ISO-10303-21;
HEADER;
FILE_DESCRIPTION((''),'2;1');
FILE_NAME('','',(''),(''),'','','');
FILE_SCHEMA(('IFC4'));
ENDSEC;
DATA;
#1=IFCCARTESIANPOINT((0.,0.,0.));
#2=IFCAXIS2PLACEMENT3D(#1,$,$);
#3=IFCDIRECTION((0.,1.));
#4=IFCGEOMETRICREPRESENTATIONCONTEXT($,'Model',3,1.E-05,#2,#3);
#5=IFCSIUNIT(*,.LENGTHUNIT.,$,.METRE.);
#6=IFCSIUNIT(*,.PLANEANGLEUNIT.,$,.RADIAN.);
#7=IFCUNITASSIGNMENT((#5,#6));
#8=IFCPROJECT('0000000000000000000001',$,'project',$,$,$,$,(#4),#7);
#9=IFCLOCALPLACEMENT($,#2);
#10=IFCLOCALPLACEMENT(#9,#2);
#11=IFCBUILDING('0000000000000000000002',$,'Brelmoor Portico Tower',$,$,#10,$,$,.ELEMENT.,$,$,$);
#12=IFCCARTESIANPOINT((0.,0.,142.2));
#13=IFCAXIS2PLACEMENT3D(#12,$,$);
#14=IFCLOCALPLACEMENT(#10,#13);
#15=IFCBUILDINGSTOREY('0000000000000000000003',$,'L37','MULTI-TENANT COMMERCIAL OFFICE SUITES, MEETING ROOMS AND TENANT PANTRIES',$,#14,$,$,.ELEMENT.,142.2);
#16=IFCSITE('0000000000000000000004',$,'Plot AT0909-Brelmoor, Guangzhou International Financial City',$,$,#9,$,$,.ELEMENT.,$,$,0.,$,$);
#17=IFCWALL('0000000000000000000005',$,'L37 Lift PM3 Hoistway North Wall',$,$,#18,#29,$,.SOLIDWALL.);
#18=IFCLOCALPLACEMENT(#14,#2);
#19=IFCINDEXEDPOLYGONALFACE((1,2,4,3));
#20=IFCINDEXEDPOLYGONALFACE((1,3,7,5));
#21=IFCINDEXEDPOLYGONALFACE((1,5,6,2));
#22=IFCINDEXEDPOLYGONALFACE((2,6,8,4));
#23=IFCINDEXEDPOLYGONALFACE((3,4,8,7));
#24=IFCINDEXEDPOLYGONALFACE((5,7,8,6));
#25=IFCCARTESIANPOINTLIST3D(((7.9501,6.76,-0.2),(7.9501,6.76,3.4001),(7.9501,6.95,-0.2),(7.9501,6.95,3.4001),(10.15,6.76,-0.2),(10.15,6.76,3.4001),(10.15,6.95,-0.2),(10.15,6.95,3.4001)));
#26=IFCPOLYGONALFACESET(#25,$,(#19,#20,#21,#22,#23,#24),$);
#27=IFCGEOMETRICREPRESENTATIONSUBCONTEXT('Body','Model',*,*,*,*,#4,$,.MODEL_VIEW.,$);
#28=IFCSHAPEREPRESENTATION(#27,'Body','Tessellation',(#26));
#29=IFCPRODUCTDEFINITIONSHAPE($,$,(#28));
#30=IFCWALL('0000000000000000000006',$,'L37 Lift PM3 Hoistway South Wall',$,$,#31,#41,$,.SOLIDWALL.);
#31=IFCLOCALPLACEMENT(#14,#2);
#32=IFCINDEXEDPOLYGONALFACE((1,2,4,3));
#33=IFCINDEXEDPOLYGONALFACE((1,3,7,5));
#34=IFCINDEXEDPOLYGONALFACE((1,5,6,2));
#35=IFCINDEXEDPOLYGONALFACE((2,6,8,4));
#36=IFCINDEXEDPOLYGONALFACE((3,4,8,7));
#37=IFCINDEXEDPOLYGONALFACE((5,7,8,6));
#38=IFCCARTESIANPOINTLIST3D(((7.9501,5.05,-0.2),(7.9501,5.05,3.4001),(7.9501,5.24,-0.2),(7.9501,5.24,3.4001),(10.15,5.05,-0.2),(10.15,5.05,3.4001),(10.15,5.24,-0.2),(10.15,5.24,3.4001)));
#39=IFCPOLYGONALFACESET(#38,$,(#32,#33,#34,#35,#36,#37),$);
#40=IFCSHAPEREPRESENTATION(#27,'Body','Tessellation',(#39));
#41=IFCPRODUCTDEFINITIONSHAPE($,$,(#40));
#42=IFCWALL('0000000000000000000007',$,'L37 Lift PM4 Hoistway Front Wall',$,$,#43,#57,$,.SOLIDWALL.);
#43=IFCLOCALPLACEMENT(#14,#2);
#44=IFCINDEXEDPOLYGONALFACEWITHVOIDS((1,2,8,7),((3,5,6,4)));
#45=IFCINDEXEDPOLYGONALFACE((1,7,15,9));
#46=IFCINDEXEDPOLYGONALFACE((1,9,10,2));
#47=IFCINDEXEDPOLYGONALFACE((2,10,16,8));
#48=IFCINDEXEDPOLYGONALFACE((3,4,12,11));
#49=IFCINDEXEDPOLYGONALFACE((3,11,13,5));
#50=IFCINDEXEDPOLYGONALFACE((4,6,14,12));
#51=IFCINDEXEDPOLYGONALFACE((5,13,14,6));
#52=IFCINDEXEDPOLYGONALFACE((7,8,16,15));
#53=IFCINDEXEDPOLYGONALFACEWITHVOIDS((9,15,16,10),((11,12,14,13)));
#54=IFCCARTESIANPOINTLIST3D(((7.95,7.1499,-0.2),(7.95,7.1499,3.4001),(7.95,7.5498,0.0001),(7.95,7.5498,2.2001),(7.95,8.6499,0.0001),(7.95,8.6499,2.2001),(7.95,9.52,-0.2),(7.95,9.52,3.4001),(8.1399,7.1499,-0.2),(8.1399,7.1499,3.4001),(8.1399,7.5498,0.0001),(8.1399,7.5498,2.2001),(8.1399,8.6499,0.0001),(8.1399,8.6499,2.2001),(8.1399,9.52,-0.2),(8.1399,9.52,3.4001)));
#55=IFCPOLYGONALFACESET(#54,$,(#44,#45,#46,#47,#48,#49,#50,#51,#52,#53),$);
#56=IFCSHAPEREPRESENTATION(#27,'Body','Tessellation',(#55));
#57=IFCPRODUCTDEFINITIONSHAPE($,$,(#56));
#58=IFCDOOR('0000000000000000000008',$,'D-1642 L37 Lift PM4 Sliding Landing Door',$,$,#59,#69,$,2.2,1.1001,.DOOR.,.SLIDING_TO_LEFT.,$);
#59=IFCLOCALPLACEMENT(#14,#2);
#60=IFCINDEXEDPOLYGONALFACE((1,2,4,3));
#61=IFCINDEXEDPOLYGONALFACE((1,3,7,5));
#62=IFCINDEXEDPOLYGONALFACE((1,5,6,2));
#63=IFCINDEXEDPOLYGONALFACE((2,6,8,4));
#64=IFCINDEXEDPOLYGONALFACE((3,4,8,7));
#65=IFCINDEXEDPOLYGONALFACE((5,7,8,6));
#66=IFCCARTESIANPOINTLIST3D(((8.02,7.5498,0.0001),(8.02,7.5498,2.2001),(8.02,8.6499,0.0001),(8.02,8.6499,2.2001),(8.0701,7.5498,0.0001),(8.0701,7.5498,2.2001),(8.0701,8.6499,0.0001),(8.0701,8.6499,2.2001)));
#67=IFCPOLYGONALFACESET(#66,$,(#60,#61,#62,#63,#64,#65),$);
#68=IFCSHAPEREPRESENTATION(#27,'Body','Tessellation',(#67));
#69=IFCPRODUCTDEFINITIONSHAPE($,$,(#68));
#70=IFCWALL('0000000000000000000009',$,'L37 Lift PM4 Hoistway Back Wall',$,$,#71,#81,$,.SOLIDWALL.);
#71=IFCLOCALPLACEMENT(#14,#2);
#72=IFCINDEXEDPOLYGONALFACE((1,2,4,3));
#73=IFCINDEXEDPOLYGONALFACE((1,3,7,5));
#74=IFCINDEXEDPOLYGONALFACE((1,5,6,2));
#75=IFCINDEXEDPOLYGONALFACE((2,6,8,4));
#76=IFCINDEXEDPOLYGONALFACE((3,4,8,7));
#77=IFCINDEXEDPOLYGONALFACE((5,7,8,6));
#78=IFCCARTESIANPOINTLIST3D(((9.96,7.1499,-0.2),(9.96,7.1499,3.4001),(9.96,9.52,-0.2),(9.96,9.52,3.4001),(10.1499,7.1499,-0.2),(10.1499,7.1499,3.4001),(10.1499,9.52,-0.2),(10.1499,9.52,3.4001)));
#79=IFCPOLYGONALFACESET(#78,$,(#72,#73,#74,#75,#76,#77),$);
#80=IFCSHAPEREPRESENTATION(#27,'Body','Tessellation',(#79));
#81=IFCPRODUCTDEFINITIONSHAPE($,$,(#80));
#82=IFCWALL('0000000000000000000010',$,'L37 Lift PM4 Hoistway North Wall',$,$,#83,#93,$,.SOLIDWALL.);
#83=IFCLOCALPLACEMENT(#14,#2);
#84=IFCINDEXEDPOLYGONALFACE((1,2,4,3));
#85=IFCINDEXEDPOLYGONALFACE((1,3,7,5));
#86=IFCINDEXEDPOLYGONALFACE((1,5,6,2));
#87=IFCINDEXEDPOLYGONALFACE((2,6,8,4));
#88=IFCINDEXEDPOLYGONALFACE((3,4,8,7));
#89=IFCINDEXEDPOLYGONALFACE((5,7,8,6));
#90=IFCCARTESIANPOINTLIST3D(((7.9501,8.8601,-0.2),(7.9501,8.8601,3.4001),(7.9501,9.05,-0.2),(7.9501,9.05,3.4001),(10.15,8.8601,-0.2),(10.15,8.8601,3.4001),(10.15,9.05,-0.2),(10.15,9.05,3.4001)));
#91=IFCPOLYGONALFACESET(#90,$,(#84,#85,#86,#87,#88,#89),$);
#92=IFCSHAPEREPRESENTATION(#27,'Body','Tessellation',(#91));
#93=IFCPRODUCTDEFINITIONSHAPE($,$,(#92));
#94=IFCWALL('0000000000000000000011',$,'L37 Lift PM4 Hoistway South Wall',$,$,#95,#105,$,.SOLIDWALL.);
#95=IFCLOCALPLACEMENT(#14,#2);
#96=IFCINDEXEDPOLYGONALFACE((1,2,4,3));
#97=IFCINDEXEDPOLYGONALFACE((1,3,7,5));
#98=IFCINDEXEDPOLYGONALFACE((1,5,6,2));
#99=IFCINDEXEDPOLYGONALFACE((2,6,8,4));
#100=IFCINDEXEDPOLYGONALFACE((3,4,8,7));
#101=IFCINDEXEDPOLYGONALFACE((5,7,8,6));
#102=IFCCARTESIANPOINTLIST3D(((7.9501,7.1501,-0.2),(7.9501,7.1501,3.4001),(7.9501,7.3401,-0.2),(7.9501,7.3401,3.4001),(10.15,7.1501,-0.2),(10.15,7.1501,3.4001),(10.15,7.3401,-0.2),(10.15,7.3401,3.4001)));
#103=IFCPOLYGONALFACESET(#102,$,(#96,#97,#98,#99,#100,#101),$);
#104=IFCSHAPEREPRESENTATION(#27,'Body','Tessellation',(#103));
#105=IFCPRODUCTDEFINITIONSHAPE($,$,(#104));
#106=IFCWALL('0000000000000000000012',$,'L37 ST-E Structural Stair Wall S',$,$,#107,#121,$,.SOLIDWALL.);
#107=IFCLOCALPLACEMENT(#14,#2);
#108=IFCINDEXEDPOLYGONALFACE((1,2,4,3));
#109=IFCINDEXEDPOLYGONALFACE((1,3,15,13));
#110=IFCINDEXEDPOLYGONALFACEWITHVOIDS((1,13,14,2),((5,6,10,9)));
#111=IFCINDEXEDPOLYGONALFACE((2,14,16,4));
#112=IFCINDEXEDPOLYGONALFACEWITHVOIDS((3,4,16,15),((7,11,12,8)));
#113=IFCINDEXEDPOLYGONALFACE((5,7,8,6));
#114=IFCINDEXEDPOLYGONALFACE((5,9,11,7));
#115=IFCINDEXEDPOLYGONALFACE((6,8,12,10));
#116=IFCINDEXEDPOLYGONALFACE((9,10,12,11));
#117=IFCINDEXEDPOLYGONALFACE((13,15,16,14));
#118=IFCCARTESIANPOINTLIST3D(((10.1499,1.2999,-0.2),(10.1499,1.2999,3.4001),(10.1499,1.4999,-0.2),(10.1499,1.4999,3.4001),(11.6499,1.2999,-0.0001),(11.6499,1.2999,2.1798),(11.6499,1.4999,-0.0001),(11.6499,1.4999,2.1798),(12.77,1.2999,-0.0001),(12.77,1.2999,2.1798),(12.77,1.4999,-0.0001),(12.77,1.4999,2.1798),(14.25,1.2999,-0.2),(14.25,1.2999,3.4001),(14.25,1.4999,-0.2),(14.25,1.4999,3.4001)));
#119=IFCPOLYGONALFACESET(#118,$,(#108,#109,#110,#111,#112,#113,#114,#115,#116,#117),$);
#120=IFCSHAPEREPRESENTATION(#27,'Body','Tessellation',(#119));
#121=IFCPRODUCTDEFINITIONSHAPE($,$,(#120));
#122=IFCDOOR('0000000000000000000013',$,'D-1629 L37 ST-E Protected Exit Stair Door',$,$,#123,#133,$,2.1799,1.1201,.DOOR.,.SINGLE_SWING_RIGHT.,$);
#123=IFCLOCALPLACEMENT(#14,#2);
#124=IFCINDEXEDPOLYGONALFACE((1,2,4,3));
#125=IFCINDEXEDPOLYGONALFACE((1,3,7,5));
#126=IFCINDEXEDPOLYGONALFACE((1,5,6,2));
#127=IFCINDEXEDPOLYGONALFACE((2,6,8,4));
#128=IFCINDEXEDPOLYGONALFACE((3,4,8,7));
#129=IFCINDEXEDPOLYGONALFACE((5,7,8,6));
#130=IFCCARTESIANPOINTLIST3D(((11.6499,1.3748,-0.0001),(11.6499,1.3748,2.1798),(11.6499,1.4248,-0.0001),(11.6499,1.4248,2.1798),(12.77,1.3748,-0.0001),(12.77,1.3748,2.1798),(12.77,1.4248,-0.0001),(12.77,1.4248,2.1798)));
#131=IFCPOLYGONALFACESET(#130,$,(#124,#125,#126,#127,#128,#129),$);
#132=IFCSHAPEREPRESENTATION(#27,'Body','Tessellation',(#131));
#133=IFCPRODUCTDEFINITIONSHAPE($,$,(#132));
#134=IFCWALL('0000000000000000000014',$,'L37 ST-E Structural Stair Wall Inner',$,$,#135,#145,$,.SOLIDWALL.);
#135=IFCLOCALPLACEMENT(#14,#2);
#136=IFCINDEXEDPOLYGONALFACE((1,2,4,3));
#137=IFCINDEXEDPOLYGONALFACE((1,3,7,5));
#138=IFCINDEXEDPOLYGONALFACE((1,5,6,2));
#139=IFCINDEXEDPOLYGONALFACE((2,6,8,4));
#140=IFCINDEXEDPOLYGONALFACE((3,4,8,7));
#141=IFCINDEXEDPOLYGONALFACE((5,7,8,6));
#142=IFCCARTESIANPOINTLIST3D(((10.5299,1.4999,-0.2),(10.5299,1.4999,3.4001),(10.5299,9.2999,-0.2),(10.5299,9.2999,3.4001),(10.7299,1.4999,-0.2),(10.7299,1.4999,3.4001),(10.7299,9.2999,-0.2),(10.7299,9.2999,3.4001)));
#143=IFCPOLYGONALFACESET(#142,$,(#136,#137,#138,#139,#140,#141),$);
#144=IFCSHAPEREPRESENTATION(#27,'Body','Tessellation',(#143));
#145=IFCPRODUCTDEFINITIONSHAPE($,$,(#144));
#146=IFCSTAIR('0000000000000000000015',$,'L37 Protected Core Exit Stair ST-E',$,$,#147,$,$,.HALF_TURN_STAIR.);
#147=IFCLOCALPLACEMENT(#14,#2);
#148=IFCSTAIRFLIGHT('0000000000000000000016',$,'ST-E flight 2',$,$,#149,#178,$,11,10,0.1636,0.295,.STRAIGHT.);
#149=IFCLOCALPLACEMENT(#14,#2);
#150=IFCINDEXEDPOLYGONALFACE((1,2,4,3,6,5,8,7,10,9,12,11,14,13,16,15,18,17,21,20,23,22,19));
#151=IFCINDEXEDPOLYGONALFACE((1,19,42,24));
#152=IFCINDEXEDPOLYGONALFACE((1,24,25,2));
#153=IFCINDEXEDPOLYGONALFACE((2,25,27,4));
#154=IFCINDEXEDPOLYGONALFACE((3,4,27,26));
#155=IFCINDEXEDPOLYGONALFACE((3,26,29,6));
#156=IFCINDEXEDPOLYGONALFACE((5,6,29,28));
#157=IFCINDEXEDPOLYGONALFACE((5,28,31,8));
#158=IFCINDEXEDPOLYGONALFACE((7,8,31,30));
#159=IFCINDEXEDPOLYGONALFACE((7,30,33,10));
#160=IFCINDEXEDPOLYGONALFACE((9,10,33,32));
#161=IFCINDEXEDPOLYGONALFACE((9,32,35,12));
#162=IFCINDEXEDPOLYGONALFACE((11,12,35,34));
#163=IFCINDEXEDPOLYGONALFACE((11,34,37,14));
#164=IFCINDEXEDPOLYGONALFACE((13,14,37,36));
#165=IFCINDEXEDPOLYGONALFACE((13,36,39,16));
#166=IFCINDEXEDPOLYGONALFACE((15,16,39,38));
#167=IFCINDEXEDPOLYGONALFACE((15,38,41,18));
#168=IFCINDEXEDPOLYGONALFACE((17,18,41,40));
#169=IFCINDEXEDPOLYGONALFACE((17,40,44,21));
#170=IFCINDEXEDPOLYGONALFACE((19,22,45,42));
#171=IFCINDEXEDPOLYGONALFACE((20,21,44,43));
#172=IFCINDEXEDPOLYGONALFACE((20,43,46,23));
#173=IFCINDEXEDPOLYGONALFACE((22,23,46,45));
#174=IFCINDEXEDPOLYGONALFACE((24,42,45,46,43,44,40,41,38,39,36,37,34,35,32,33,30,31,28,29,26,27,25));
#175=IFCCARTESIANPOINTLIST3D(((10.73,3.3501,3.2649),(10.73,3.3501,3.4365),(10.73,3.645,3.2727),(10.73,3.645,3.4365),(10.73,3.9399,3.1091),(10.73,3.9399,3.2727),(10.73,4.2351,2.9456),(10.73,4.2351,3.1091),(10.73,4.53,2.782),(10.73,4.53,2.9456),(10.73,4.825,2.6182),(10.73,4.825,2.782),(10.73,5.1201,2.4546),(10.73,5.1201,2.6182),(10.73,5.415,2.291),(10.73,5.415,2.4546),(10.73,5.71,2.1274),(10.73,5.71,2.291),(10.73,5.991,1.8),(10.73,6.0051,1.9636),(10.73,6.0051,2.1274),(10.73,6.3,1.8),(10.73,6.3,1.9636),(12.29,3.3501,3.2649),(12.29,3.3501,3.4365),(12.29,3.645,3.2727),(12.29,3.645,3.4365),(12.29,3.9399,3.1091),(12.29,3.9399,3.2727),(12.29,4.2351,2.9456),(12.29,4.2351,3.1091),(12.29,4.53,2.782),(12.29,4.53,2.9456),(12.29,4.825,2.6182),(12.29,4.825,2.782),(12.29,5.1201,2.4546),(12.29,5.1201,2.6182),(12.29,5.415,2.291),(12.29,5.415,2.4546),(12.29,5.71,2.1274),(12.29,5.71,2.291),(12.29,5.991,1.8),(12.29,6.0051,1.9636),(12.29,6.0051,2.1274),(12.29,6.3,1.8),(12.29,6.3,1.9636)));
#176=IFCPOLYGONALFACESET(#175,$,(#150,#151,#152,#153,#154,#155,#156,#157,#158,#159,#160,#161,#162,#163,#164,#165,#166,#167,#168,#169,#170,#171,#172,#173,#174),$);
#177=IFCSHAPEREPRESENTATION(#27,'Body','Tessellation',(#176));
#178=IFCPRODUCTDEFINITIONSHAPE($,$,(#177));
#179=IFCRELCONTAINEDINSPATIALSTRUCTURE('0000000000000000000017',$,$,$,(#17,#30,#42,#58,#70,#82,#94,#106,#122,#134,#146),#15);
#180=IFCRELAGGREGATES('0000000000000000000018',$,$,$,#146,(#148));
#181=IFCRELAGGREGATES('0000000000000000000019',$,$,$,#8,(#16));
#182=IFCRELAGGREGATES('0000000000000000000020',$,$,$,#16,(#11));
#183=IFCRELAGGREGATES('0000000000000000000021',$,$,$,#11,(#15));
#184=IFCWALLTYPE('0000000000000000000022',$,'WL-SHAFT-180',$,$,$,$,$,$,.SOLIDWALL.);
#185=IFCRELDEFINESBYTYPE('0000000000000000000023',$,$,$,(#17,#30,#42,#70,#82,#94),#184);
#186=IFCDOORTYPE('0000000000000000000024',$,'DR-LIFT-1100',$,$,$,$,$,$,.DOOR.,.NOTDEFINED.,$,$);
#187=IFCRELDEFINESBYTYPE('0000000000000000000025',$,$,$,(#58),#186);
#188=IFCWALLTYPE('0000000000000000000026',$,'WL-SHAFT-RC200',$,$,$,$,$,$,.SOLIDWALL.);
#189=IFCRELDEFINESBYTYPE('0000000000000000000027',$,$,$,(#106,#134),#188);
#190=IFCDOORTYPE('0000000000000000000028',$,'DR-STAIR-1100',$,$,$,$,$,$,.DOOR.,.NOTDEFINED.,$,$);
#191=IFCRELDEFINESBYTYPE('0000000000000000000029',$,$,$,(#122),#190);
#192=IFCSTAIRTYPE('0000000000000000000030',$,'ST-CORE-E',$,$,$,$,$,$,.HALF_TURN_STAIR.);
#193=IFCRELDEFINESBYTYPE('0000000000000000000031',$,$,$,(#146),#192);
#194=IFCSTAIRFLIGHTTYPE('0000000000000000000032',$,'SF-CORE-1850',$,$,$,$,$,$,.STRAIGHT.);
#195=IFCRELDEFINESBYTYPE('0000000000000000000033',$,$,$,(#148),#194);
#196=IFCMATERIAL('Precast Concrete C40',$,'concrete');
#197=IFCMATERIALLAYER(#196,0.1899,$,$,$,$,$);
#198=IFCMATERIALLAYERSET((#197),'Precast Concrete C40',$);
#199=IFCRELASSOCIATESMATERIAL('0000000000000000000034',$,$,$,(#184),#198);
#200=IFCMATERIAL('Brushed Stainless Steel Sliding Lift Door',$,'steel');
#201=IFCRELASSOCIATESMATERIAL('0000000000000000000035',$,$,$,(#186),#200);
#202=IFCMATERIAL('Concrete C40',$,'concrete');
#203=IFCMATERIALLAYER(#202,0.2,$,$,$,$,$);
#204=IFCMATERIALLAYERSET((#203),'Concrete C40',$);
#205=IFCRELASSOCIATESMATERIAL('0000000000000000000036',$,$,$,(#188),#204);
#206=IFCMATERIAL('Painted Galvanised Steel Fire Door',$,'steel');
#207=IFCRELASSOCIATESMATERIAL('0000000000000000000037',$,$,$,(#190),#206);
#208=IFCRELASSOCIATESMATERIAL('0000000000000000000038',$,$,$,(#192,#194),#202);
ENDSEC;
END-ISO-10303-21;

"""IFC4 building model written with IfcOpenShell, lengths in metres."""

from ifc_helpers import new_model, si_unit, direction, frame, frame_2d, origin, place, context, subcontext, project, spatial, polyline, rectangle, outline, extrude, material, layer, layer_set, type_object, element, fill, aggregate, save


model = new_model("IFC4")

# Units and contexts
model_context = context("Model", 3, precision=1e-05, world=origin(), true_north=direction((0.0, 1.0)))
body_context = subcontext(model_context, "Body", "Model", "MODEL_VIEW")
ifc_project = project(units=[si_unit("LENGTHUNIT", "METRE"), si_unit("PLANEANGLEUNIT", "RADIAN")], contexts=[model_context])

# Site, building, storey
site_placement = place(None, origin())
site = spatial("IfcSite", under=ifc_project, at=site_placement, Name="Plot AT0909-Brelmoor, Guangzhou International Financial City", CompositionType="ELEMENT", RefElevation=0.0)
building_placement = place(site_placement, origin())
building = spatial("IfcBuilding", under=site, at=building_placement, Name="Brelmoor Portico Tower", CompositionType="ELEMENT")
storey_placement = place(building_placement, frame((0.0, 0.0, 142.2)))
storey = spatial("IfcBuildingStorey", under=building, at=storey_placement, Name="L37", Description="MULTI-TENANT COMMERCIAL OFFICE SUITES, MEETING ROOMS AND TENANT PANTRIES", CompositionType="ELEMENT", Elevation=142.2)

# Shared definitions
ifc_material_1 = material(Name="Precast Concrete C40", Category="concrete")
ifc_layer_1 = layer(ifc_material_1, 0.1899)
ifc_layer_set_1 = layer_set([ifc_layer_1], Name="Precast Concrete C40")
wall_type_1 = type_object("IfcWallType", Name="WL-SHAFT-180", PredefinedType="SOLIDWALL", material=ifc_layer_set_1)
ifc_material_2 = material(Name="Brushed Stainless Steel Sliding Lift Door", Category="steel")
door_type_1 = type_object("IfcDoorType", Name="DR-LIFT-1100", OperationType="NOTDEFINED", PredefinedType="DOOR", material=ifc_material_2)

# Walls
for number, where, z_axis, x_axis, name in (
    (1, (7.95, 6.855, -0.2), (0.0, 0.0, 1.0), (1.0, 0.0, 0.0), "L37 Lift PM3 Hoistway North Wall"),
    (2, (7.95, 5.145, -0.2), (0.0, 0.0, 1.0), (1.0, 0.0, 0.0), "L37 Lift PM3 Hoistway South Wall"),
):
    element("IfcWall", number, at=place(storey_placement, frame(where, z_axis=z_axis, x_axis=x_axis)), inside=storey, type_object=wall_type_1, Name=name, PredefinedType="SOLIDWALL", context=body_context, shape_type="SweptSolid", body=[
        extrude(rectangle(XDim=2.2, YDim=0.1899, at=frame_2d((1.1001, 0.0))), origin(), (0.0, 0.0, 1.0), 3.6001),
    ])

# Wall, opening, door
wall_1_placement = place(storey_placement, frame((8.0449, 7.1499, -0.2), z_axis=(0.0, 0.0, 1.0), x_axis=(0.0, 1.0, 0.0)))
wall_1 = element("IfcWall", 3, at=wall_1_placement, inside=storey, type_object=wall_type_1, Name="L37 Lift PM4 Hoistway Front Wall", PredefinedType="SOLIDWALL", context=body_context, shape_type="SweptSolid", body=[
    extrude(rectangle(XDim=2.3701, YDim=0.1899, at=frame_2d((1.1851, 0.0))), origin(), (0.0, 0.0, 1.0), 3.6001),
])
opening_1_placement = place(wall_1_placement, frame((0.3999, 0.0, 0.2)))
opening_1 = element("IfcOpeningElement", 4, at=opening_1_placement, cuts=wall_1, PredefinedType="OPENING", context=body_context, shape_type="SweptSolid", body=[
    extrude(rectangle(XDim=1.1001, YDim=2.2, at=frame_2d((0.55, 1.1001))), frame((0.0, 0.105, 0.0), z_axis=(0.0, -1.0, 0.0), x_axis=(1.0, 0.0, 0.0)), (0.0, 0.0, 1.0), 0.21),
])
door_1_placement = place(opening_1_placement, origin())
door_1 = element("IfcDoor", 5, at=door_1_placement, inside=storey, type_object=door_type_1, Name="D-1642 L37 Lift PM4 Sliding Landing Door", OperationType="SLIDING_TO_LEFT", OverallHeight=2.2, OverallWidth=1.1001, PredefinedType="DOOR", context=body_context, shape_type="SweptSolid", body=[
    extrude(rectangle(XDim=1.1001, YDim=2.2, at=frame_2d((0.55, 1.1001))), frame((0.0, 0.0249, 0.0), z_axis=(0.0, -1.0, 0.0), x_axis=(1.0, 0.0, 0.0)), (0.0, 0.0, 1.0), 0.05),
])
fill(opening_1, door_1)

# Walls
wall_2_placement = place(storey_placement, frame((10.0549, 7.1499, -0.2), z_axis=(0.0, 0.0, 1.0), x_axis=(0.0, 1.0, 0.0)))
element("IfcWall", 6, at=wall_2_placement, inside=storey, type_object=wall_type_1, Name="L37 Lift PM4 Hoistway Back Wall", PredefinedType="SOLIDWALL", context=body_context, shape_type="SweptSolid", body=[
    extrude(rectangle(XDim=2.3701, YDim=0.1899, at=frame_2d((1.1851, 0.0))), origin(), (0.0, 0.0, 1.0), 3.6001),
])
for number, where, z_axis, x_axis, name in (
    (7, (7.95, 8.9551, -0.2), (0.0, 0.0, 1.0), (1.0, 0.0, 0.0), "L37 Lift PM4 Hoistway North Wall"),
    (8, (7.95, 7.2451, -0.2), (0.0, 0.0, 1.0), (1.0, 0.0, 0.0), "L37 Lift PM4 Hoistway South Wall"),
):
    element("IfcWall", number, at=place(storey_placement, frame(where, z_axis=z_axis, x_axis=x_axis)), inside=storey, type_object=wall_type_1, Name=name, PredefinedType="SOLIDWALL", context=body_context, shape_type="SweptSolid", body=[
        extrude(rectangle(XDim=2.2, YDim=0.1899, at=frame_2d((1.1001, 0.0))), origin(), (0.0, 0.0, 1.0), 3.6001),
    ])

# Wall, opening, door
ifc_material_3 = material(Name="Concrete C40", Category="concrete")
ifc_layer_2 = layer(ifc_material_3, 0.2)
ifc_layer_set_2 = layer_set([ifc_layer_2], Name="Concrete C40")
wall_type_2 = type_object("IfcWallType", Name="WL-SHAFT-RC200", PredefinedType="SOLIDWALL", material=ifc_layer_set_2)
wall_3_placement = place(storey_placement, frame((10.1499, 1.3999, -0.2), z_axis=(0.0, 0.0, 1.0), x_axis=(1.0, 0.0, 0.0)))
wall_3 = element("IfcWall", 9, at=wall_3_placement, inside=storey, type_object=wall_type_2, Name="L37 ST-E Structural Stair Wall S", PredefinedType="SOLIDWALL", context=body_context, shape_type="SweptSolid", body=[
    extrude(rectangle(XDim=4.1001, YDim=0.2, at=frame_2d((2.05, 0.0))), origin(), (0.0, 0.0, 1.0), 3.6001),
])
opening_2_placement = place(wall_3_placement, frame((1.5, 0.0, 0.2)))
opening_2 = element("IfcOpeningElement", 10, at=opening_2_placement, cuts=wall_3, PredefinedType="OPENING", context=body_context, shape_type="SweptSolid", body=[
    extrude(rectangle(XDim=1.1201, YDim=2.1799, at=frame_2d((0.5601, 1.0898))), frame((0.0, 0.1099, 0.0), z_axis=(0.0, -1.0, 0.0), x_axis=(1.0, 0.0, 0.0)), (0.0, 0.0, 1.0), 0.22),
])
ifc_material_4 = material(Name="Painted Galvanised Steel Fire Door", Category="steel")
door_type_2 = type_object("IfcDoorType", Name="DR-STAIR-1100", OperationType="NOTDEFINED", PredefinedType="DOOR", material=ifc_material_4)
door_2_placement = place(opening_2_placement, origin())
door_2 = element("IfcDoor", 11, at=door_2_placement, inside=storey, type_object=door_type_2, Name="D-1629 L37 ST-E Protected Exit Stair Door", OperationType="SINGLE_SWING_RIGHT", OverallHeight=2.1799, OverallWidth=1.1201, PredefinedType="DOOR", context=body_context, shape_type="SweptSolid", body=[
    extrude(rectangle(XDim=1.1201, YDim=2.1799, at=frame_2d((0.5601, 1.0898))), frame((0.0, 0.0249, 0.0), z_axis=(0.0, -1.0, 0.0), x_axis=(1.0, 0.0, 0.0)), (0.0, 0.0, 1.0), 0.05),
])
fill(opening_2, door_2)

# Wall
wall_4_placement = place(storey_placement, frame((10.6299, 1.5, -0.2), z_axis=(0.0, 0.0, 1.0), x_axis=(0.0, 1.0, 0.0)))
element("IfcWall", 12, at=wall_4_placement, inside=storey, type_object=wall_type_2, Name="L37 ST-E Structural Stair Wall Inner", PredefinedType="SOLIDWALL", context=body_context, shape_type="SweptSolid", body=[
    extrude(rectangle(XDim=7.8, YDim=0.2, at=frame_2d((3.8999, 0.0))), origin(), (0.0, 0.0, 1.0), 3.6001),
])

# Stair, stair flight
stair_type = type_object("IfcStairType", Name="ST-CORE-E", PredefinedType="HALF_TURN_STAIR", material=ifc_material_3)
stair_placement = place(storey_placement, origin())
stair = element("IfcStair", 13, at=stair_placement, inside=storey, type_object=stair_type, Name="L37 Protected Core Exit Stair ST-E", PredefinedType="HALF_TURN_STAIR")
stair_flight_type = type_object("IfcStairFlightType", Name="SF-CORE-1850", PredefinedType="STRAIGHT", material=ifc_material_3)
stair_flight_placement = place(storey_placement, frame((11.51, 6.3, 1.8), z_axis=(0.0, 0.0, 1.0), x_axis=(0.0, -1.0, 0.0)))
stair_flight = element("IfcStairFlight", 14, at=stair_flight_placement, type_object=stair_flight_type, Name="ST-E flight 2", NumberOfRisers=11, NumberOfTreads=10, PredefinedType="STRAIGHT", RiserHeight=0.1636, TreadLength=0.295, context=body_context, shape_type="SweptSolid", body=[
    extrude(outline(polyline([(0.0, 0.0), (0.0, 0.1636), (0.2949, 0.1636), (0.2949, 0.3274), (0.5901, 0.3274), (0.5901, 0.491), (0.885, 0.491), (0.885, 0.6545), (1.1799, 0.6545), (1.1799, 0.8181), (1.4751, 0.8181), (1.4751, 0.9819), (1.77, 0.9819), (1.77, 1.1455), (2.0649, 1.1455), (2.0649, 1.3091), (2.3601, 1.3091), (2.3601, 1.4727), (2.655, 1.4727), (2.655, 1.6365), (2.95, 1.6365), (2.95, 1.8), (2.95, 1.4648), (0.3091, 0.0), (0.0, 0.0)])), frame((0.0, 0.78, 0.0), z_axis=(0.0, -1.0, 0.0), x_axis=(1.0, 0.0, 0.0)), (0.0, 0.0, 1.0), 1.5601),
])
aggregate(stair, [stair_flight])

save(model, "model.ifc")
